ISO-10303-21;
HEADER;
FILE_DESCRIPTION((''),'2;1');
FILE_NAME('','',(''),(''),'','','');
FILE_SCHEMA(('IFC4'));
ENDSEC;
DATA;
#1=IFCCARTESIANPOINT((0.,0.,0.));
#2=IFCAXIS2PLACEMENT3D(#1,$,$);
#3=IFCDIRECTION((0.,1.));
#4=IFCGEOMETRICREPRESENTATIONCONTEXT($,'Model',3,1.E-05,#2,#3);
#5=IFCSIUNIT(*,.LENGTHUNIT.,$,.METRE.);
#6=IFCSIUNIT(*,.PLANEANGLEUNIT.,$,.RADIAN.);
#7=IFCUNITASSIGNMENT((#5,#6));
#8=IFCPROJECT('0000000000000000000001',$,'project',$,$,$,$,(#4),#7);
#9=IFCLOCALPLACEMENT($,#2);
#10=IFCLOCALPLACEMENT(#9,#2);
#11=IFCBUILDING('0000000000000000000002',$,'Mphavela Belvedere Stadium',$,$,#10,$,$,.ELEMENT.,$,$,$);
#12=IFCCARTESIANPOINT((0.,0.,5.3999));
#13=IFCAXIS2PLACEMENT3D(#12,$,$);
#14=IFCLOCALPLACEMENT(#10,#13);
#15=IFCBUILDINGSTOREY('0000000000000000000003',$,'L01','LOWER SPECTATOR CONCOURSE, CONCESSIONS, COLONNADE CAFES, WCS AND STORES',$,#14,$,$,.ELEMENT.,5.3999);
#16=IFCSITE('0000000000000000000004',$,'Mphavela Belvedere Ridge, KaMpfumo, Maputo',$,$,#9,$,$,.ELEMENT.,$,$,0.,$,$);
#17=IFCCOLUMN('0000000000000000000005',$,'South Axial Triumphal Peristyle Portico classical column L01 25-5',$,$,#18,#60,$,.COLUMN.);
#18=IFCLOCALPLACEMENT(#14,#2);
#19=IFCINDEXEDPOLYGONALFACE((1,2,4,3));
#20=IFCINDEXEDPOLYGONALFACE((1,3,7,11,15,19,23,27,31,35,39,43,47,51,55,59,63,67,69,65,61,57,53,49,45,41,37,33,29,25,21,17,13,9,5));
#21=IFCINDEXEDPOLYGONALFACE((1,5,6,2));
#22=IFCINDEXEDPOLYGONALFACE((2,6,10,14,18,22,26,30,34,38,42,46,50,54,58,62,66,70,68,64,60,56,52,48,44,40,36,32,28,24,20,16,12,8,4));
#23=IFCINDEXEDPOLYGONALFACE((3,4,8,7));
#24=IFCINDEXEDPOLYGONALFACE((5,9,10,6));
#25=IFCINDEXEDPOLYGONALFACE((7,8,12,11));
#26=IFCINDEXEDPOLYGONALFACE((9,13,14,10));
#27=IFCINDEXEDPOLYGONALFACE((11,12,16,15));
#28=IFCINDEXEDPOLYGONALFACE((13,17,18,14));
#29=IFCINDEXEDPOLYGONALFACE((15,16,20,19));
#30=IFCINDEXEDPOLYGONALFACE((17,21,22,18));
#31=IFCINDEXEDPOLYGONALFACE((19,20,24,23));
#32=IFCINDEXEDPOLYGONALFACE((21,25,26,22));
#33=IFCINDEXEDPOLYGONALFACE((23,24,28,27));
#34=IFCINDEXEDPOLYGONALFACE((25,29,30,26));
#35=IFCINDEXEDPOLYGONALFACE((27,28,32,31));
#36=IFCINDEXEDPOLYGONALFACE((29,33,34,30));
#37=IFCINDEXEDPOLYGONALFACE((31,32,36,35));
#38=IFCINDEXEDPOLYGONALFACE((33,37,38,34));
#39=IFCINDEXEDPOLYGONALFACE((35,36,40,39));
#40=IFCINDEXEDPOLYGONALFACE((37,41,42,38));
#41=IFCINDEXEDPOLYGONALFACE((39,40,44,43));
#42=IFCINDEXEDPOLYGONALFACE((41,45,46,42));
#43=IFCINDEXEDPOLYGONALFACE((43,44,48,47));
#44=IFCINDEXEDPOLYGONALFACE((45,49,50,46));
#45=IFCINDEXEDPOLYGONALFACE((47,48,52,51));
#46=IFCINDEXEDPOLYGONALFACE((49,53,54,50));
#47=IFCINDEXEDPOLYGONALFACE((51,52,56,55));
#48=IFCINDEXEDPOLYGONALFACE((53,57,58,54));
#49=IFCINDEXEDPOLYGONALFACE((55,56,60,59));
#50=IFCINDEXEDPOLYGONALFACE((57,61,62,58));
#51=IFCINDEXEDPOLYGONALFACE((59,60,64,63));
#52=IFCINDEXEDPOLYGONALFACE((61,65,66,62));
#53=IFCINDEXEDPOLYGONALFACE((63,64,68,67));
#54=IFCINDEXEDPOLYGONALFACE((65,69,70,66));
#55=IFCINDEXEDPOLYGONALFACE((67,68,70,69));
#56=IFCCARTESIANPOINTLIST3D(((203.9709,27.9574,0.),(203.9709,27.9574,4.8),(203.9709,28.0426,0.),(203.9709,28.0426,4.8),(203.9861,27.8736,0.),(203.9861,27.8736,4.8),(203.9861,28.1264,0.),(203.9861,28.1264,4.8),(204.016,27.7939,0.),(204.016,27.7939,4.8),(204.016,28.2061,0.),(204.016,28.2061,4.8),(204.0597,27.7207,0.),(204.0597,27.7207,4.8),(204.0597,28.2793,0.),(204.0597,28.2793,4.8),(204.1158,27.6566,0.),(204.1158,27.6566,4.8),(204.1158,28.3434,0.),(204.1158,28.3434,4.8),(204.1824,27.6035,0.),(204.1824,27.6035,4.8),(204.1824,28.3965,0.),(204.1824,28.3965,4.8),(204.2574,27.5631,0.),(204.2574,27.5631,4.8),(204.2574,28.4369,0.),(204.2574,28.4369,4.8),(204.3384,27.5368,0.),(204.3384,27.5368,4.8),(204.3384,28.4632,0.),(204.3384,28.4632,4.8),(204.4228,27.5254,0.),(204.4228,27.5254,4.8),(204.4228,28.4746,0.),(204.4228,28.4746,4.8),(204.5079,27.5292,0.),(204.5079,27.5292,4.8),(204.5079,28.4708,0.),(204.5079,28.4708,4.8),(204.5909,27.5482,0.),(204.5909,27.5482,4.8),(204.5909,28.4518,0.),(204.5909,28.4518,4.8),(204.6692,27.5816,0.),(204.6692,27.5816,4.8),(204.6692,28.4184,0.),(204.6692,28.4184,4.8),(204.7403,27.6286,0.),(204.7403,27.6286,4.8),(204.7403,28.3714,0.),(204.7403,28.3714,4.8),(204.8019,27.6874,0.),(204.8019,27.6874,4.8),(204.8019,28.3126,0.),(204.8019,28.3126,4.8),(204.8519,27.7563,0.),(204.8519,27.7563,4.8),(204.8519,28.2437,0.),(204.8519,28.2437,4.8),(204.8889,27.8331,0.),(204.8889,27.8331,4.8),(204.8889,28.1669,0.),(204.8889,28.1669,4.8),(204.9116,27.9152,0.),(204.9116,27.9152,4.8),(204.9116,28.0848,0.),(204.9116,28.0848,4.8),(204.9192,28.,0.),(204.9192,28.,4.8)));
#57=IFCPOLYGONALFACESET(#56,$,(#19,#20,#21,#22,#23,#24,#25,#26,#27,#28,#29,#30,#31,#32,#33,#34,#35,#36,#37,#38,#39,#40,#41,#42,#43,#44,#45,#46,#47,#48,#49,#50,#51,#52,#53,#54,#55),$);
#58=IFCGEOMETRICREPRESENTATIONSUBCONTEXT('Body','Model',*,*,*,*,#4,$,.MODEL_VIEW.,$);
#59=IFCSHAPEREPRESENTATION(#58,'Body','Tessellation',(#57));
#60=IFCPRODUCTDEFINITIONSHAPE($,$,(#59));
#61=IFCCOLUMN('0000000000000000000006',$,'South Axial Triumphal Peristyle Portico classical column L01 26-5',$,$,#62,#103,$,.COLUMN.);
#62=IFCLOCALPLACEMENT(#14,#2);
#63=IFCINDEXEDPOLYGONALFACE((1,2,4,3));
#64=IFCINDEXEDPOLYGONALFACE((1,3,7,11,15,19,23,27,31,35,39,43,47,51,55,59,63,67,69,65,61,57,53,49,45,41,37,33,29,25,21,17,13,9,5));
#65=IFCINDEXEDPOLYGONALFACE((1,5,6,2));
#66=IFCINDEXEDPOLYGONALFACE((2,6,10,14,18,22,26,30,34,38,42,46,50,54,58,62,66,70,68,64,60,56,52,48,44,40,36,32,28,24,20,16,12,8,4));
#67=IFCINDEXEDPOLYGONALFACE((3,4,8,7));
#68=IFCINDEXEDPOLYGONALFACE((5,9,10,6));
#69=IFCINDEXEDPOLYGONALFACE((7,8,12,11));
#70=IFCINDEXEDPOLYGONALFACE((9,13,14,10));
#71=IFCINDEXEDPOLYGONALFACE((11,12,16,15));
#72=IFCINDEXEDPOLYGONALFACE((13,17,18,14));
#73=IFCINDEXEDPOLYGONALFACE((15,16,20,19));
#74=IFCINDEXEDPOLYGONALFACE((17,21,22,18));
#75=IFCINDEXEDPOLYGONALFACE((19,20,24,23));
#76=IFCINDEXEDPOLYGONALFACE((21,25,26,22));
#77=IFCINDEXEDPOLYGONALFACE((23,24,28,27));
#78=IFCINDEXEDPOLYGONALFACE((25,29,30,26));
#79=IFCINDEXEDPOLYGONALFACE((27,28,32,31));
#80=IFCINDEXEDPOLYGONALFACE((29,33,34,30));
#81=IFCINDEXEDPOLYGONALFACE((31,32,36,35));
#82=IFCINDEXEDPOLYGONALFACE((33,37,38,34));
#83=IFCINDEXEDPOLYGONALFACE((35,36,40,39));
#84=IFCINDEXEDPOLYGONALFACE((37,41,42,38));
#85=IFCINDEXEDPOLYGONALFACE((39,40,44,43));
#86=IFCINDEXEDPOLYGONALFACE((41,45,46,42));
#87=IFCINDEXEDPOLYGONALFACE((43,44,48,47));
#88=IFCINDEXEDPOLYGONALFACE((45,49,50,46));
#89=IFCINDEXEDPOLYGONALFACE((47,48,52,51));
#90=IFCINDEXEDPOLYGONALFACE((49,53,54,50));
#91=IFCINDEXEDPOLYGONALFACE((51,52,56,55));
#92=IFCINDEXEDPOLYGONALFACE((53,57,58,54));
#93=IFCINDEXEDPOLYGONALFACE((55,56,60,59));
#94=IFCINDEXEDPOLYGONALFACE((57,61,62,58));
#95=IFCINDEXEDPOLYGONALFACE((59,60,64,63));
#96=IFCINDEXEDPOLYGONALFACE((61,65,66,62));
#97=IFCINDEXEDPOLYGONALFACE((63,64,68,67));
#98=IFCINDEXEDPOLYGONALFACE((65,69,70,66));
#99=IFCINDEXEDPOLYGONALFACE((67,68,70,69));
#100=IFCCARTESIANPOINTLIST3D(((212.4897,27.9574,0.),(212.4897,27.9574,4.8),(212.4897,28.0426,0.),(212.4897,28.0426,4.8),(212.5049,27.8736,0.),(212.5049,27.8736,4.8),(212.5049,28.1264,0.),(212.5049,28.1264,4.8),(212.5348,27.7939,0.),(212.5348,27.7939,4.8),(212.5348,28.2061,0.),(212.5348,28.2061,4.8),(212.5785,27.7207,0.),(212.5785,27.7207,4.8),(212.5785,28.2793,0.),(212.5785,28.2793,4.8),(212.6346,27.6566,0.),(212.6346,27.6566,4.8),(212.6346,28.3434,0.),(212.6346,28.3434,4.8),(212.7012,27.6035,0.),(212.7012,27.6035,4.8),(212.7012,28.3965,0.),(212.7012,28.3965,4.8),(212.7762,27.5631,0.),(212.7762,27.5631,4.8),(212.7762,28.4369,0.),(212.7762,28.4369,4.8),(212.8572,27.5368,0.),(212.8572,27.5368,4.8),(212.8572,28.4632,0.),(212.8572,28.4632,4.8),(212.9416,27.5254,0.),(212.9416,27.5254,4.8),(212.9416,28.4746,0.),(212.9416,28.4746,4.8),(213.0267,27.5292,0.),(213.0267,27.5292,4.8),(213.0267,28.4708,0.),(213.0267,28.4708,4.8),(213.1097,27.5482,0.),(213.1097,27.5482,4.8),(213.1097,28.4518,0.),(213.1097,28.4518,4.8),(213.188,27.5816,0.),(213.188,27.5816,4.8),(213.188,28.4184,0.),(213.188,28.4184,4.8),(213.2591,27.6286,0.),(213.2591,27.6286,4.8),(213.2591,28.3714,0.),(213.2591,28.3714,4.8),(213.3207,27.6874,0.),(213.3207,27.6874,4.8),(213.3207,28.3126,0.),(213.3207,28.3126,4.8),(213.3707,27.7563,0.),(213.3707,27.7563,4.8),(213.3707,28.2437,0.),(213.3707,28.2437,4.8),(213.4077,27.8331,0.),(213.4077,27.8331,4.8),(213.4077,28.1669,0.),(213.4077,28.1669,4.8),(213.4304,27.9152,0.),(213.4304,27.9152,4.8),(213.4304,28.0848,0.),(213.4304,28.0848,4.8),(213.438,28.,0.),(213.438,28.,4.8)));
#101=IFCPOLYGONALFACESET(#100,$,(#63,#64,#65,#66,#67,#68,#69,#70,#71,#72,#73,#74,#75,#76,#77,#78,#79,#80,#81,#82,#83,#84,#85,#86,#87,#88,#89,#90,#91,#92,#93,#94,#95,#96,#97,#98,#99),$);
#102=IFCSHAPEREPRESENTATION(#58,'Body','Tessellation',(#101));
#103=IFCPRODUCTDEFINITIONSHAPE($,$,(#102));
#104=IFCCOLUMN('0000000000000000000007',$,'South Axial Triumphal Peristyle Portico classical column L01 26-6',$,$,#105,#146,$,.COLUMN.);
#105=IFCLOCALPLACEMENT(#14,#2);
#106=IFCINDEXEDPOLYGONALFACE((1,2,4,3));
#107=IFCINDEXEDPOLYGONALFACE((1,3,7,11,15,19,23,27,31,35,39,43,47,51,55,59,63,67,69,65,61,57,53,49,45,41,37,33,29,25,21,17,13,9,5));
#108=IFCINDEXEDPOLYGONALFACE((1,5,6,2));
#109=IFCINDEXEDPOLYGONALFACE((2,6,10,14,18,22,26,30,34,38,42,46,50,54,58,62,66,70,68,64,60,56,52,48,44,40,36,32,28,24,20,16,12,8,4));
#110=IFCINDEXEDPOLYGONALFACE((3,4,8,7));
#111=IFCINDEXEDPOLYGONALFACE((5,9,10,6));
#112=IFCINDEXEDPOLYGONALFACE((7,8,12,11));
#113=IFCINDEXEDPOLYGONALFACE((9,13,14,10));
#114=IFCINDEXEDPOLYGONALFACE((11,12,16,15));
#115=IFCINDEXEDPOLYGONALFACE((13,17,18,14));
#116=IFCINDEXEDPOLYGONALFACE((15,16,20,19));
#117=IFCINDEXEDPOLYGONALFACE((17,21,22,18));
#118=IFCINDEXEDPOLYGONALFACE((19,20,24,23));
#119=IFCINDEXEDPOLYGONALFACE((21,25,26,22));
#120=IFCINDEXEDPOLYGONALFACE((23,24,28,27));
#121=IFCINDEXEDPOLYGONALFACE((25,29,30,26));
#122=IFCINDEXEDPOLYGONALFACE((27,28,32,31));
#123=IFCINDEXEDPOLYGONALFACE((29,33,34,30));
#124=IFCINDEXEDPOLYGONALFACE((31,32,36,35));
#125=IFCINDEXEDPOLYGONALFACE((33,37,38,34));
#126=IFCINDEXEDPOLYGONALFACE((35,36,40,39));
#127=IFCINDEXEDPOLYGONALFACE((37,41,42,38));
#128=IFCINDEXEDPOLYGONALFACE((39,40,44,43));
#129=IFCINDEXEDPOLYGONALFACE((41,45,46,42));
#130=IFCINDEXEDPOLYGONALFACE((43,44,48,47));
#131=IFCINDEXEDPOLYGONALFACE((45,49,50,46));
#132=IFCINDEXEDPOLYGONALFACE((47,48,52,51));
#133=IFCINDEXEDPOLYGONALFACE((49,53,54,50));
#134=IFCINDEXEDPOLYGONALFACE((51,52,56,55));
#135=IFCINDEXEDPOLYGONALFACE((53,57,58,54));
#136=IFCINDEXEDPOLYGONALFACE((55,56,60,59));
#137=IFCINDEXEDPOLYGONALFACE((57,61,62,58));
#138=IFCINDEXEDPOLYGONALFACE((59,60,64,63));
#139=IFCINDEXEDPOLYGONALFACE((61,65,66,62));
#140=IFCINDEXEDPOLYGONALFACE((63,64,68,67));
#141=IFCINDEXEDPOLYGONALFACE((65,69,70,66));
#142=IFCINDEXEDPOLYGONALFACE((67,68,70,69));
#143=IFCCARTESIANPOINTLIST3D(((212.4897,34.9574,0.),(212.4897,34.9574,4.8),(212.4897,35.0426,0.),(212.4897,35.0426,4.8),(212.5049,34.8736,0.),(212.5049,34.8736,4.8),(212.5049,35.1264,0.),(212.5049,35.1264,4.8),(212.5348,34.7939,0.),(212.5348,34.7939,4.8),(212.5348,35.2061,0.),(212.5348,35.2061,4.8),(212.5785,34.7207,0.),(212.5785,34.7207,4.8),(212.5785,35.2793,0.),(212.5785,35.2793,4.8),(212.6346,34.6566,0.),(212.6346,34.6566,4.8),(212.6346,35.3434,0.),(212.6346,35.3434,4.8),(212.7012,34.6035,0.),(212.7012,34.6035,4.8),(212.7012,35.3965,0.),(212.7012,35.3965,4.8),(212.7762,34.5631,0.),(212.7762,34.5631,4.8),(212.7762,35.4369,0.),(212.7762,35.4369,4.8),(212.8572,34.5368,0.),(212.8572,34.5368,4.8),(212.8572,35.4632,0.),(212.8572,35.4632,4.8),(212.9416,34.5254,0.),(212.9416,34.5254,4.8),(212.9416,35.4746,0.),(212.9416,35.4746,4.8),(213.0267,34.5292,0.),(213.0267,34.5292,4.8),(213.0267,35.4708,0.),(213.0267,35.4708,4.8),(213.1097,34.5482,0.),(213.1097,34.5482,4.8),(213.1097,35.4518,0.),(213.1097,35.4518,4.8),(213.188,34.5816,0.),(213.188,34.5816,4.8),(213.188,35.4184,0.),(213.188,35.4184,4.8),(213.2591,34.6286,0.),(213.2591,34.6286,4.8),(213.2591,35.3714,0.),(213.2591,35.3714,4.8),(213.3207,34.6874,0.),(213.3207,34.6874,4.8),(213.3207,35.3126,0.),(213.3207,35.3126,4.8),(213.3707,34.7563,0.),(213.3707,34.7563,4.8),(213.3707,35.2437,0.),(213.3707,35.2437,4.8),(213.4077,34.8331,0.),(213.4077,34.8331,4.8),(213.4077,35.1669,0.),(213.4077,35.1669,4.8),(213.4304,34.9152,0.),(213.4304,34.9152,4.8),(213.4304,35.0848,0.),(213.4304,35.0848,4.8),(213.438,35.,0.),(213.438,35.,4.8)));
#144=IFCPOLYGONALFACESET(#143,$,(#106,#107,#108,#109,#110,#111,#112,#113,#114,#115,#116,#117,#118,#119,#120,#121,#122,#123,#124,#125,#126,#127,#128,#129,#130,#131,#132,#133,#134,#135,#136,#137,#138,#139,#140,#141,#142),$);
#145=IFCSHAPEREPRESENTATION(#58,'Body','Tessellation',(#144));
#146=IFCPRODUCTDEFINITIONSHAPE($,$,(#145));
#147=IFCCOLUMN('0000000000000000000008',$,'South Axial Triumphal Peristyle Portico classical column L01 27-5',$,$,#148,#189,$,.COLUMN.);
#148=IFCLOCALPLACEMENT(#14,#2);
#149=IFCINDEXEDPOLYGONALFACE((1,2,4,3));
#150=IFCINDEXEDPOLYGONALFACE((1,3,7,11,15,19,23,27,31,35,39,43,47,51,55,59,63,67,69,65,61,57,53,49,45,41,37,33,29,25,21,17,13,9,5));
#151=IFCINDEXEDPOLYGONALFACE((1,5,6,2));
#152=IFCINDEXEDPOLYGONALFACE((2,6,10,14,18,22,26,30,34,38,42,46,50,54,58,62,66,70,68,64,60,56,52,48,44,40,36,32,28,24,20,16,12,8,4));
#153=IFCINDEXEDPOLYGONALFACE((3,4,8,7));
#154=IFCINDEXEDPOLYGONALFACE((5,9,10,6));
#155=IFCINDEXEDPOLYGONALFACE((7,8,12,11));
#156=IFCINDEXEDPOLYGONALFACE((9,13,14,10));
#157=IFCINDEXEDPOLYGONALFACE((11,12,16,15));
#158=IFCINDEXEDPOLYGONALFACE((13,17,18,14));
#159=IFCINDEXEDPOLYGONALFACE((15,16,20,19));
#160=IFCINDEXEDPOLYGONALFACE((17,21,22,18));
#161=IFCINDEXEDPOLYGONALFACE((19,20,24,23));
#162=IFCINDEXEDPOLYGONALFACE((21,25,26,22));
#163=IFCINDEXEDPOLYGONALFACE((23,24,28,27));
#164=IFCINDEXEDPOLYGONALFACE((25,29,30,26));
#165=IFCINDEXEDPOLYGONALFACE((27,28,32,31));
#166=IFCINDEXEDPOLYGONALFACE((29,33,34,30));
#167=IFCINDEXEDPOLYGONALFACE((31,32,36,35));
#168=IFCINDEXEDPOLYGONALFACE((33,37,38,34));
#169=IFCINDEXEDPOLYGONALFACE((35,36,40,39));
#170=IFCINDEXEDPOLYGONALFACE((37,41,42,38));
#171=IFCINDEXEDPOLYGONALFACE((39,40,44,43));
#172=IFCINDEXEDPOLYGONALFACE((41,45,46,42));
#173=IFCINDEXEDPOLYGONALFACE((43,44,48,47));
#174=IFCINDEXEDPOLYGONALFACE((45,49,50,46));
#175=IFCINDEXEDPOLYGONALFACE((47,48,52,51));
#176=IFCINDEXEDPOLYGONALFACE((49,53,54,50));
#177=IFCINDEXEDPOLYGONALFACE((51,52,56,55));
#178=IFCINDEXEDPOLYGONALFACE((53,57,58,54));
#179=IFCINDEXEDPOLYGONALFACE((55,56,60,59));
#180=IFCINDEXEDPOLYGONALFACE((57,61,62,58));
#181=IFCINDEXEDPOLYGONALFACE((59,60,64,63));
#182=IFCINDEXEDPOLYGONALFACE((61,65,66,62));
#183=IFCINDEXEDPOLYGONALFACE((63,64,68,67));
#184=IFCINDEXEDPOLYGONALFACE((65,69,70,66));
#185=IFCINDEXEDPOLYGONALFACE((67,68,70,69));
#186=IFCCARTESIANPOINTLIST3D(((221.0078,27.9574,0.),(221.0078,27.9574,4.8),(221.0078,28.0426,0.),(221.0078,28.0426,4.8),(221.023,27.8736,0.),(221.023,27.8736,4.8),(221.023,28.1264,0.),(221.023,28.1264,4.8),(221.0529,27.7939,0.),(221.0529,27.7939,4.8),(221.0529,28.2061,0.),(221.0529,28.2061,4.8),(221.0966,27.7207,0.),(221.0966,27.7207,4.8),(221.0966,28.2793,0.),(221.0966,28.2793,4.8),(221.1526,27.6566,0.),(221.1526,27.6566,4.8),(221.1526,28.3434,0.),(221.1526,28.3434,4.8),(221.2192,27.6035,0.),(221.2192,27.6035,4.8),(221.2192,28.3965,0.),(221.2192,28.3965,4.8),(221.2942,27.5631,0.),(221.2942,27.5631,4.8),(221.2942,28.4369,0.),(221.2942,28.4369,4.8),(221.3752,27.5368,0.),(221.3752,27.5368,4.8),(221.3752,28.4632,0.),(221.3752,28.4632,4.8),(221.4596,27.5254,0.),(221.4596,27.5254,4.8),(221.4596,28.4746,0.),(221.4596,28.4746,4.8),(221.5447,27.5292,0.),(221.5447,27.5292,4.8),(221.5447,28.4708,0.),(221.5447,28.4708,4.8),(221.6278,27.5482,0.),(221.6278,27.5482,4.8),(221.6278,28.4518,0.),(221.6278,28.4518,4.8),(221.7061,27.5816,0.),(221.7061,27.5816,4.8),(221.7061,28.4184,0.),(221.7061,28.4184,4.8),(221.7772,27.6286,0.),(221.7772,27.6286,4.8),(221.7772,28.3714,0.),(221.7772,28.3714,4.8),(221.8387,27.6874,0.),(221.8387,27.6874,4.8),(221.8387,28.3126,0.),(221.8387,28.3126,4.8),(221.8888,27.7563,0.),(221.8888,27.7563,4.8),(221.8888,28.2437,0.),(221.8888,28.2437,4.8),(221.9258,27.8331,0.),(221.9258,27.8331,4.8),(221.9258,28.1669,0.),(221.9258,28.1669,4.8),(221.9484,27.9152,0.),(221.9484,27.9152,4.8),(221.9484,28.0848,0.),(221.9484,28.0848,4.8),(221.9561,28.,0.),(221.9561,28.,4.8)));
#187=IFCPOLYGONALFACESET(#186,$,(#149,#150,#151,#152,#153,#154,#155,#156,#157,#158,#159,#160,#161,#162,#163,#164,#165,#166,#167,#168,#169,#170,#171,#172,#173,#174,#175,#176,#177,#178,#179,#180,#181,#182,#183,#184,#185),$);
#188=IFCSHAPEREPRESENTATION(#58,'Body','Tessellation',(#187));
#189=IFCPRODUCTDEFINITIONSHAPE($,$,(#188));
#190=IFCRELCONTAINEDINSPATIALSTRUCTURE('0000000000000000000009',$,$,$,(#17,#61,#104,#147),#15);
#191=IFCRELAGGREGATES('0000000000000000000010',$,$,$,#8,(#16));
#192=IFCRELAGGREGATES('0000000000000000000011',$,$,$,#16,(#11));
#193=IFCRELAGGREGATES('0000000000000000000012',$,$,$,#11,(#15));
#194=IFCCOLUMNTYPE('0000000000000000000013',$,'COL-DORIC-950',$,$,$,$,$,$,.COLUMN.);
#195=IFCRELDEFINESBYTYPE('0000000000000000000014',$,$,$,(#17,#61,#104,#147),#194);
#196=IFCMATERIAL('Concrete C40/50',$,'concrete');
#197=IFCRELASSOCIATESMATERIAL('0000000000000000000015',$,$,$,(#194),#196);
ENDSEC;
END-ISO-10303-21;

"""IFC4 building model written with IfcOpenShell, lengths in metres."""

from ifc_helpers import new_model, si_unit, direction, frame, origin, origin_2d, place, context, subcontext, project, spatial, circle, extrude, material, material_profile, profile_set, type_object, element, save


model = new_model("IFC4")

# Units and contexts
model_context = context("Model", 3, precision=1e-05, world=origin(), true_north=direction((0.0, 1.0)))
body_context = subcontext(model_context, "Body", "Model", "MODEL_VIEW")
ifc_project = project(units=[si_unit("LENGTHUNIT", "METRE"), si_unit("PLANEANGLEUNIT", "RADIAN")], contexts=[model_context])

# Site, building, storey
site_placement = place(None, origin())
site = spatial("IfcSite", under=ifc_project, at=site_placement, Name="Mphavela Belvedere Ridge, KaMpfumo, Maputo", CompositionType="ELEMENT", RefElevation=0.0)
building_placement = place(site_placement, origin())
building = spatial("IfcBuilding", under=site, at=building_placement, Name="Mphavela Belvedere Stadium", CompositionType="ELEMENT")
storey_placement = place(building_placement, frame((0.0, 0.0, 5.3999)))
storey = spatial("IfcBuildingStorey", under=building, at=storey_placement, Name="L01", Description="LOWER SPECTATOR CONCOURSE, CONCESSIONS, COLONNADE CAFES, WCS AND STORES", CompositionType="ELEMENT", Elevation=5.3999)

# Columns
ifc_material_1 = material(Name="Concrete C40/50", Category="concrete")
ifc_material_profile_1 = material_profile(ifc_material_1, circle(Radius=0.4751, at=origin_2d()), Name="COL D950")
ifc_profile_set_1 = profile_set([ifc_material_profile_1], Name="Concrete C40/50")
column_type = type_object("IfcColumnType", Name="COL-DORIC-950", PredefinedType="COLUMN", material=ifc_profile_set_1)
for number, where, z_axis, x_axis, name in (
    (1, (204.4441, 28.0, 0.0), (0.0, 0.0, 1.0), (1.0, 0.0, 0.0), "South Axial Triumphal Peristyle Portico classical column L01 25-5"),
    (2, (212.9629, 28.0, 0.0), (0.0, 0.0, 1.0), (1.0, 0.0, 0.0), "South Axial Triumphal Peristyle Portico classical column L01 26-5"),
    (3, (212.9629, 35.0, 0.0), (0.0, 0.0, 1.0), (1.0, 0.0, 0.0), "South Axial Triumphal Peristyle Portico classical column L01 26-6"),
    (4, (221.481, 28.0, 0.0), (0.0, 0.0, 1.0), (1.0, 0.0, 0.0), "South Axial Triumphal Peristyle Portico classical column L01 27-5"),
):
    element("IfcColumn", number, at=place(storey_placement, frame(where, z_axis=z_axis, x_axis=x_axis)), inside=storey, type_object=column_type, Name=name, PredefinedType="COLUMN", context=body_context, shape_type="SweptSolid", body=[
        extrude(circle(Radius=0.4751, at=origin_2d()), origin(), (0.0, 0.0, 1.0), 4.8),
    ])

save(model, "model.ifc")
